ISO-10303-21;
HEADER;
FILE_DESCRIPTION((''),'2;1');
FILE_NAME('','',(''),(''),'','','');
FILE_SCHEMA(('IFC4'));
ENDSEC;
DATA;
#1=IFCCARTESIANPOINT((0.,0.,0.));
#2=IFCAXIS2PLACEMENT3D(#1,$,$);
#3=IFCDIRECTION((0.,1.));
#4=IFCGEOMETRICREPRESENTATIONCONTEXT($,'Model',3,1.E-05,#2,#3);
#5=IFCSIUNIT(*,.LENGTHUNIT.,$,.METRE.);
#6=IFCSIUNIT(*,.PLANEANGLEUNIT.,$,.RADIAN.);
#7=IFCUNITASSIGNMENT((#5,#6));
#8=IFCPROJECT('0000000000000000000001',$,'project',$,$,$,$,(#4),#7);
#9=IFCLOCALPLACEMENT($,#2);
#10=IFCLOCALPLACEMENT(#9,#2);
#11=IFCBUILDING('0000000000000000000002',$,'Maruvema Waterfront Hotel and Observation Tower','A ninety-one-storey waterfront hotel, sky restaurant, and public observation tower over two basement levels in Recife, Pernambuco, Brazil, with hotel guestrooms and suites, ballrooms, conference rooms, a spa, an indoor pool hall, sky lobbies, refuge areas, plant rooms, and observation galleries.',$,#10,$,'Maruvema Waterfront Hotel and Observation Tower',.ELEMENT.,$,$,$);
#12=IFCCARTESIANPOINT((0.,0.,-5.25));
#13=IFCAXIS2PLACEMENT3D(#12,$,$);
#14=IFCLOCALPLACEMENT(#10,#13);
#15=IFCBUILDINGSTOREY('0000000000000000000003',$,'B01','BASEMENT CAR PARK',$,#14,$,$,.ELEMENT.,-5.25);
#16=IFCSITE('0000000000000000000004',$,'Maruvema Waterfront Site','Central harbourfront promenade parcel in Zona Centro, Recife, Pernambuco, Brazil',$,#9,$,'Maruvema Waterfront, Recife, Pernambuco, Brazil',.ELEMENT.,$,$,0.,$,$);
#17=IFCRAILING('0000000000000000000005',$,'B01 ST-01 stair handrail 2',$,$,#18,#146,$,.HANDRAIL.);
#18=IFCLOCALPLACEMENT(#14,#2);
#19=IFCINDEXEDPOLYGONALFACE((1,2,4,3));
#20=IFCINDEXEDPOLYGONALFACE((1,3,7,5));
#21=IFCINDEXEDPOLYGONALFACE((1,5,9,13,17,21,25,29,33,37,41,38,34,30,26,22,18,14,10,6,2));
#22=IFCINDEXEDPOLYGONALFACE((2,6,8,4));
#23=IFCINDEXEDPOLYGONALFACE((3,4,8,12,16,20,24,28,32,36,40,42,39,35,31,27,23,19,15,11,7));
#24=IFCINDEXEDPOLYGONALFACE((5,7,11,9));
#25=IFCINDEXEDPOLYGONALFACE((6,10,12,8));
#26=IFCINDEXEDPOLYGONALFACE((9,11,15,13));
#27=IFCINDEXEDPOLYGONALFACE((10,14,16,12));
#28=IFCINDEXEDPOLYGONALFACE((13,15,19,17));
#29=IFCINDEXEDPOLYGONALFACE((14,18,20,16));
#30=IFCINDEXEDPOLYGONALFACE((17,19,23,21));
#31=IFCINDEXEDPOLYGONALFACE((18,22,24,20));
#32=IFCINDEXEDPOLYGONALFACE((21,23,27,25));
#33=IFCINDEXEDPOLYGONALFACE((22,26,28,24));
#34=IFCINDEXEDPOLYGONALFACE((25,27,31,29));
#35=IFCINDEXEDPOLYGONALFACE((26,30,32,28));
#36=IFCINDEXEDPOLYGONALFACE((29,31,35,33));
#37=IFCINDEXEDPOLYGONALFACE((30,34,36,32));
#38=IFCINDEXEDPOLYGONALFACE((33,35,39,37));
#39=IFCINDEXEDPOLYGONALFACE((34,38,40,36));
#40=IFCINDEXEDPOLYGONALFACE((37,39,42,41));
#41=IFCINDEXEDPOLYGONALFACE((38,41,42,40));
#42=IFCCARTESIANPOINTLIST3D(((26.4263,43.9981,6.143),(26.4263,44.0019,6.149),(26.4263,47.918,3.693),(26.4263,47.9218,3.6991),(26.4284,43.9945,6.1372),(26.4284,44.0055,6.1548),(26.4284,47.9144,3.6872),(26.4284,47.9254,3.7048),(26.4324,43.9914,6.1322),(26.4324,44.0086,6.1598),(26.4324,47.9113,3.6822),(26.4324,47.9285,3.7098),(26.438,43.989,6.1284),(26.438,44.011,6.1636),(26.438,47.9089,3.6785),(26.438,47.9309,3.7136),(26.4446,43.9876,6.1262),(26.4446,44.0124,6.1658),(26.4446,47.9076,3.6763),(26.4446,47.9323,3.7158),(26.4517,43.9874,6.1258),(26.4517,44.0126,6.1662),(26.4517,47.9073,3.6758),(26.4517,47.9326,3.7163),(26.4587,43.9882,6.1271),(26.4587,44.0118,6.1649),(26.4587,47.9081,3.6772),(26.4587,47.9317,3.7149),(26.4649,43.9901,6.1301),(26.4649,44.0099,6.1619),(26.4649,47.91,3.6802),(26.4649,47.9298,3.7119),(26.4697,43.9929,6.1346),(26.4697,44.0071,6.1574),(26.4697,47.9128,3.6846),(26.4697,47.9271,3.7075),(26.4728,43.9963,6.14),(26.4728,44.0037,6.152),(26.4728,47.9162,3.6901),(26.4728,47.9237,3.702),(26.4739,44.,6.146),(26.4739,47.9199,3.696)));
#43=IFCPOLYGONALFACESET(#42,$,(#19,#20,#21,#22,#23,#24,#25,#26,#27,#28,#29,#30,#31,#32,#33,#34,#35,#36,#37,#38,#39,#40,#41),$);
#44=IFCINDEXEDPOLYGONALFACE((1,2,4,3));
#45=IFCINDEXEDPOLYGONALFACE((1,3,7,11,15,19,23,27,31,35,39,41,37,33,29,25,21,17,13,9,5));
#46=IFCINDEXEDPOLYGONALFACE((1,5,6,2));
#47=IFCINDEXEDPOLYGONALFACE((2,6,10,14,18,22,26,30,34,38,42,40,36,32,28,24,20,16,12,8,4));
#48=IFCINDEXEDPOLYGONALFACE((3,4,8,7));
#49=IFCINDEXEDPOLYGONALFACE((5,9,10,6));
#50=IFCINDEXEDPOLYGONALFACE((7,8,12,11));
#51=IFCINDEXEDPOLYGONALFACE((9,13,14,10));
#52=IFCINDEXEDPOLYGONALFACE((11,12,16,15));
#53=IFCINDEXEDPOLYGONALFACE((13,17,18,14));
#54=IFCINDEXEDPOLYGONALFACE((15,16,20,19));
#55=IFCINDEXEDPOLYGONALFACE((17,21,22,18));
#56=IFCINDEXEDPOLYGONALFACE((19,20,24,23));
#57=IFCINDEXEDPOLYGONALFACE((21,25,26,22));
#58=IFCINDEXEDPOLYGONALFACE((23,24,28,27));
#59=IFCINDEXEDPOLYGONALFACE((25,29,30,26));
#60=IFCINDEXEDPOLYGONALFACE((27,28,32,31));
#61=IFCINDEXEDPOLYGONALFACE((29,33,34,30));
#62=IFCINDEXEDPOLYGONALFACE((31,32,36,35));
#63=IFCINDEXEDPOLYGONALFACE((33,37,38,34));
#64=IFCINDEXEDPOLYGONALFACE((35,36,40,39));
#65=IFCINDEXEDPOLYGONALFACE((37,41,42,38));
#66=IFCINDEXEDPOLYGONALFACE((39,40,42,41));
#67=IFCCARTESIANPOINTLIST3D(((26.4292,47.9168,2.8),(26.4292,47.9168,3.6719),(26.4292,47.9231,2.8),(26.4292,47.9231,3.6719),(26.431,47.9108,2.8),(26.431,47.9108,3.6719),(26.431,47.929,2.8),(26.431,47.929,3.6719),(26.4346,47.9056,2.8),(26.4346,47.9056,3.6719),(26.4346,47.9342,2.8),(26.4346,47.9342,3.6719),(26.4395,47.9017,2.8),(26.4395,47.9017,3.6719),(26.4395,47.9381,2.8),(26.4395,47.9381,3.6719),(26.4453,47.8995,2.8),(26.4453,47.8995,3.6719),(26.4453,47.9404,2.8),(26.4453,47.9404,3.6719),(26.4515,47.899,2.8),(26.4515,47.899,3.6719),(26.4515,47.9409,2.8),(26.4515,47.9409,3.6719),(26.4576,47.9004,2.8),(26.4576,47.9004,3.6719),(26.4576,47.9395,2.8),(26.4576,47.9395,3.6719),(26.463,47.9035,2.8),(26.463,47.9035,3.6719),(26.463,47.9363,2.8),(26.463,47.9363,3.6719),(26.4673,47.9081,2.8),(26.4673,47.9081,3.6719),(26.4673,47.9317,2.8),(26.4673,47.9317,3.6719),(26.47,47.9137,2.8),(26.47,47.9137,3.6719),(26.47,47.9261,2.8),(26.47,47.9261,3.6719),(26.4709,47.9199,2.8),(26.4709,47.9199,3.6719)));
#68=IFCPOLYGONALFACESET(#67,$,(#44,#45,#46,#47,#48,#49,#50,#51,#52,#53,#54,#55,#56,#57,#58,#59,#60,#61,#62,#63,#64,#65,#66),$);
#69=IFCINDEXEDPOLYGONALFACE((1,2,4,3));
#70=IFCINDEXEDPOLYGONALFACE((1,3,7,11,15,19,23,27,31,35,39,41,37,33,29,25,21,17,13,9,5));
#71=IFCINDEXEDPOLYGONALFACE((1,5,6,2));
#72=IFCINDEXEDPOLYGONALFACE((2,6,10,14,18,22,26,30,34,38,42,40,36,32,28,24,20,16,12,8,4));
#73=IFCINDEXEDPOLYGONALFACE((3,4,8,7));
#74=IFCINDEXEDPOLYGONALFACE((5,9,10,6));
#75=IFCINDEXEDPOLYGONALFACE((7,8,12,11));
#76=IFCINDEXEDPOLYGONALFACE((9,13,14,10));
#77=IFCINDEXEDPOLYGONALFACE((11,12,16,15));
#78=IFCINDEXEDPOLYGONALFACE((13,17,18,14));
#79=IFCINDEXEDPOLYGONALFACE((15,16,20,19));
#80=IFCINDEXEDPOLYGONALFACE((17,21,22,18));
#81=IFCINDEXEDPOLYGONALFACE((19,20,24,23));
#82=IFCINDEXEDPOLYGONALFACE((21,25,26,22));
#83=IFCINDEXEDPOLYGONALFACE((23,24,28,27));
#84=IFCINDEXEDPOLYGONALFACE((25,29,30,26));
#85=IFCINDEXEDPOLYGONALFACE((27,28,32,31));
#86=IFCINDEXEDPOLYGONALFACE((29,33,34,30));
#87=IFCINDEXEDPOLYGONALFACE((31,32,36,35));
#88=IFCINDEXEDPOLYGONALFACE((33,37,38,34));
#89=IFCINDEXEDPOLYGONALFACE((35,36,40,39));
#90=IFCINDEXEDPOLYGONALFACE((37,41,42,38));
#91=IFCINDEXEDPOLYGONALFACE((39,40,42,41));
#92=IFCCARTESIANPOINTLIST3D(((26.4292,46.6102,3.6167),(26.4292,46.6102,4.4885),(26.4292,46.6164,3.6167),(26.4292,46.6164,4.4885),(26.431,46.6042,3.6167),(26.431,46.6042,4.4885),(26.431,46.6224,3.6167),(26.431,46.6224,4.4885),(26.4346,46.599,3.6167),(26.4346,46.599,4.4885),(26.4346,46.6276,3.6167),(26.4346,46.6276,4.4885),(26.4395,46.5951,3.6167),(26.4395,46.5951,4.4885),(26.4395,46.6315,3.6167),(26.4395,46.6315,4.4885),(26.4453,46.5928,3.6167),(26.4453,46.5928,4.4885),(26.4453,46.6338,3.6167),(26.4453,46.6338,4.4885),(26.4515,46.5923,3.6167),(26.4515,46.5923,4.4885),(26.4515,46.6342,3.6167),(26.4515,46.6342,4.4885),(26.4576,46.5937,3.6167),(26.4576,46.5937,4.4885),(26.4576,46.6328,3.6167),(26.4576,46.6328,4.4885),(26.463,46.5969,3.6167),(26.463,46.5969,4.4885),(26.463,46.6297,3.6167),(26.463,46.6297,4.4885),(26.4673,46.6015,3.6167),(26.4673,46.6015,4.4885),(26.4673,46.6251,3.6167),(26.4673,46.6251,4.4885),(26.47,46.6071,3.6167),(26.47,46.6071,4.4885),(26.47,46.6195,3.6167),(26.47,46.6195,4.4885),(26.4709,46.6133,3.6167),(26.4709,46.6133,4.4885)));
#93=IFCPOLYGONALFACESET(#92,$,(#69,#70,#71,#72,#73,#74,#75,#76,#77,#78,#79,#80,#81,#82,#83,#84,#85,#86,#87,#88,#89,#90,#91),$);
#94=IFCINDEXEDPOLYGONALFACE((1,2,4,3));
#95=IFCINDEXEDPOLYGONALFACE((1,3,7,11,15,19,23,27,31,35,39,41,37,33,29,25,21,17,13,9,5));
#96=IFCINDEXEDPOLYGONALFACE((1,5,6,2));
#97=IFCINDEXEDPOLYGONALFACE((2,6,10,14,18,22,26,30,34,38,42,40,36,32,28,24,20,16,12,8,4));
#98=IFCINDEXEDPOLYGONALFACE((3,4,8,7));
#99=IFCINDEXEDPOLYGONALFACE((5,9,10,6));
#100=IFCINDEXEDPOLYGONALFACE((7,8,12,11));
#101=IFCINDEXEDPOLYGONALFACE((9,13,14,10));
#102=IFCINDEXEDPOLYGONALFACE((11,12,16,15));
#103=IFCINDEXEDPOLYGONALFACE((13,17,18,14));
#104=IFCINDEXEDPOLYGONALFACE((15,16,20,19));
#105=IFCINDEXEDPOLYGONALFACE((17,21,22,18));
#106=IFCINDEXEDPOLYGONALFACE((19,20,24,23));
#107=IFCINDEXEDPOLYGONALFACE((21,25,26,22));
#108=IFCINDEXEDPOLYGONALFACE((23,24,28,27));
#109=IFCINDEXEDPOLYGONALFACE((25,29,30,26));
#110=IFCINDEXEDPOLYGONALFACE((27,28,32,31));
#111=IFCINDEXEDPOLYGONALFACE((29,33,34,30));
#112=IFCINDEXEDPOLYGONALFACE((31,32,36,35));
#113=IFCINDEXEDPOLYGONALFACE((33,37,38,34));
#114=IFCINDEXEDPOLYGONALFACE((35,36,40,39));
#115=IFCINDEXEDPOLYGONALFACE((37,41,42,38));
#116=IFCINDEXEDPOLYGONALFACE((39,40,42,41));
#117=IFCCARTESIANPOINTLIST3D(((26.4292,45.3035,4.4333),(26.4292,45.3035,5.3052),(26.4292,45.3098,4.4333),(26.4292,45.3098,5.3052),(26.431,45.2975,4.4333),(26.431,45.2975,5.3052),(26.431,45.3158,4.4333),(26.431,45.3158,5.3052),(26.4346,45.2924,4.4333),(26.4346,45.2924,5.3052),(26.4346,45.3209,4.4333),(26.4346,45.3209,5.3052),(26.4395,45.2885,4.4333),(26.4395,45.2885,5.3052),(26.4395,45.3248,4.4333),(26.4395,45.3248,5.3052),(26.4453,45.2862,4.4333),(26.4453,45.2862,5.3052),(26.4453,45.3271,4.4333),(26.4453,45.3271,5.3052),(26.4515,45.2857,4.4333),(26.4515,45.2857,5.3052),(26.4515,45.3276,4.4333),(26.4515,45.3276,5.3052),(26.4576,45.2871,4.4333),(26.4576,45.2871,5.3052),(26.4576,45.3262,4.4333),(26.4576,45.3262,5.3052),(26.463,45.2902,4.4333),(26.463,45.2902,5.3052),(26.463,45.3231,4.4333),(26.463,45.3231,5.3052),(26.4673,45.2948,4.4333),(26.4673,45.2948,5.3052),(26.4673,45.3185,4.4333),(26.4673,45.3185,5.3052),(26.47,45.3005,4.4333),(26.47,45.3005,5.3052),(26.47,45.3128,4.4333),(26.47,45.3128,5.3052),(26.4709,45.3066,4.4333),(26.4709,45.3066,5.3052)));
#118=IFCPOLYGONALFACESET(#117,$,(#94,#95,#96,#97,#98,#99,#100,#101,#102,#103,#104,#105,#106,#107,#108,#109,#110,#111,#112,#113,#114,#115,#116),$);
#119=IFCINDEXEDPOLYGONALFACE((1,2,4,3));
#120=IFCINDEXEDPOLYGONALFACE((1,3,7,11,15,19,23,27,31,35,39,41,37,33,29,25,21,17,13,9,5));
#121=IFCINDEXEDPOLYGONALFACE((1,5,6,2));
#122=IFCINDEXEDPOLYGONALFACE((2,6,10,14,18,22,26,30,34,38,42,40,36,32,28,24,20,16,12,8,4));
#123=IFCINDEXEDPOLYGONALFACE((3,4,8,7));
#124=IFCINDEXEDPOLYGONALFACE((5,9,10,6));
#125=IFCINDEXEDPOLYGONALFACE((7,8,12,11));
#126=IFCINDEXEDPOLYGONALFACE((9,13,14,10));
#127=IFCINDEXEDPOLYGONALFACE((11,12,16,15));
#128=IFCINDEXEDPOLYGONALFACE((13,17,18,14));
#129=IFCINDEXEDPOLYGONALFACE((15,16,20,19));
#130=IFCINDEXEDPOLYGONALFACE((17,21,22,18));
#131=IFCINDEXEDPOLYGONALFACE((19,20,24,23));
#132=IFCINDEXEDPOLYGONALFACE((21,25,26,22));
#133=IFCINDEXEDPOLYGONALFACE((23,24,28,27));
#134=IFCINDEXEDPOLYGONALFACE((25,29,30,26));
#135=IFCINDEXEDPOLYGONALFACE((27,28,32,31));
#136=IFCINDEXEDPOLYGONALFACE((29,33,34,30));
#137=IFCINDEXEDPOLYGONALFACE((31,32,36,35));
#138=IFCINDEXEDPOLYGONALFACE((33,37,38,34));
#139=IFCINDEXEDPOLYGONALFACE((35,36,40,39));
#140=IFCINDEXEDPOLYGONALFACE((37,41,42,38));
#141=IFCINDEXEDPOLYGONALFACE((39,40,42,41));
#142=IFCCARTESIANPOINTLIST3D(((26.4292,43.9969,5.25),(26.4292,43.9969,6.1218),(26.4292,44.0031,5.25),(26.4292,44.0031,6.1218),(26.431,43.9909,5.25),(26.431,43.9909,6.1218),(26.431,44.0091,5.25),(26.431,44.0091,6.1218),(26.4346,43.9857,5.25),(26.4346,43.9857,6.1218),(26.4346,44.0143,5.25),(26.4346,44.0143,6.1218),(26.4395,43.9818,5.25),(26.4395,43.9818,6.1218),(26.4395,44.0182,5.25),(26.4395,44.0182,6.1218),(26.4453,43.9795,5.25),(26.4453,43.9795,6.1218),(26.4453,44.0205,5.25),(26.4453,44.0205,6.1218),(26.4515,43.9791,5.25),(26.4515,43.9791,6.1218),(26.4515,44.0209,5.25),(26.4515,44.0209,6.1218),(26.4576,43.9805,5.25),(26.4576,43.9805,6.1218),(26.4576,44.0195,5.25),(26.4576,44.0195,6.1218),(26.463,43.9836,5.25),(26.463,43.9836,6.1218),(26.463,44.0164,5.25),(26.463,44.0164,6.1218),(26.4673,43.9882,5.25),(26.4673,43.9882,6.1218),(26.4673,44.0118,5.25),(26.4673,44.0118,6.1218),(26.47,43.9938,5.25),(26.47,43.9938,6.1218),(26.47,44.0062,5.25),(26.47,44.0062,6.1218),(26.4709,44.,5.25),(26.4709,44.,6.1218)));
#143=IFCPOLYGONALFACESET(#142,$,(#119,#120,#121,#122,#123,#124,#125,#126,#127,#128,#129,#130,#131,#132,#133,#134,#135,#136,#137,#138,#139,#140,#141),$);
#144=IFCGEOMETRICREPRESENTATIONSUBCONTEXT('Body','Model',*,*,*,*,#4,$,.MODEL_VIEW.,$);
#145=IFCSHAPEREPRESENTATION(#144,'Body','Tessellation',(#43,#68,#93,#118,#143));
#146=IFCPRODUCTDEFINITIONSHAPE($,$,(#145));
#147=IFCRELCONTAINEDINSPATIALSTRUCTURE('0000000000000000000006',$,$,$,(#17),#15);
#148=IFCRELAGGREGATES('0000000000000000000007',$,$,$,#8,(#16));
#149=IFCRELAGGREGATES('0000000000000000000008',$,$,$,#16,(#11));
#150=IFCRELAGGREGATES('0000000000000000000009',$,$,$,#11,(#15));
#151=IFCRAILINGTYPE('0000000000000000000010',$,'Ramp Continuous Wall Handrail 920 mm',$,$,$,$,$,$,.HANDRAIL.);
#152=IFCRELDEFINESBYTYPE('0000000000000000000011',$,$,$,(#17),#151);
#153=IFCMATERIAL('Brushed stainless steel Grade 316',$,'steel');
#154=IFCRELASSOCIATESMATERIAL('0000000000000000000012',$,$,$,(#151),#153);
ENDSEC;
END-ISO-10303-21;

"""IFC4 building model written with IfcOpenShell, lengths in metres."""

from ifc_helpers import new_model, si_unit, direction, frame, origin, origin_2d, place, context, subcontext, project, spatial, circle, extrude, material, type_object, element, save


model = new_model("IFC4")

# Units and contexts
model_context = context("Model", 3, precision=1e-05, world=origin(), true_north=direction((0.0, 1.0)))
body_context = subcontext(model_context, "Body", "Model", "MODEL_VIEW")
ifc_project = project(units=[si_unit("LENGTHUNIT", "METRE"), si_unit("PLANEANGLEUNIT", "RADIAN")], contexts=[model_context])

# Site, building, storey
site_placement = place(None, origin())
site = spatial("IfcSite", under=ifc_project, at=site_placement, Name="Maruvema Waterfront Site", Description="Central harbourfront promenade parcel in Zona Centro, Recife, Pernambuco, Brazil", LongName="Maruvema Waterfront, Recife, Pernambuco, Brazil", CompositionType="ELEMENT", RefElevation=0.0)
building_placement = place(site_placement, origin())
building = spatial("IfcBuilding", under=site, at=building_placement, Name="Maruvema Waterfront Hotel and Observation Tower", Description="A ninety-one-storey waterfront hotel, sky restaurant, and public observation tower over two basement levels in Recife, Pernambuco, Brazil, with hotel guestrooms and suites, ballrooms, conference rooms, a spa, an indoor pool hall, sky lobbies, refuge areas, plant rooms, and observation galleries.", LongName="Maruvema Waterfront Hotel and Observation Tower", CompositionType="ELEMENT")
storey_placement = place(building_placement, frame((0.0, 0.0, -5.25)))
storey = spatial("IfcBuildingStorey", under=building, at=storey_placement, Name="B01", Description="BASEMENT CAR PARK", CompositionType="ELEMENT", Elevation=-5.25)

# Railing
ifc_material_1 = material(Name="Brushed stainless steel Grade 316", Category="steel")
railing_type_1 = type_object("IfcRailingType", Name="Ramp Continuous Wall Handrail 920 mm", PredefinedType="HANDRAIL", material=ifc_material_1)
railing_1_placement = place(storey_placement, frame((26.45, 47.9199, 2.8)))
element("IfcRailing", 1, at=railing_1_placement, inside=storey, type_object=railing_type_1, Name="B01 ST-01 stair handrail 2", PredefinedType="HANDRAIL", context=body_context, shape_type="SweptSolid", body=[
    extrude(circle(Radius=0.0239, at=origin_2d()), frame((0.0, 0.0, 0.896), z_axis=(0.0, -0.847998, 0.529999), x_axis=(1.0, 0.0, 0.0)), (0.0, 0.0, 1.0), 4.6226),
    extrude(circle(Radius=0.021, at=origin_2d()), origin(), (0.0, 0.0, 1.0), 0.8718),
    extrude(circle(Radius=0.021, at=origin_2d()), frame((0.0, -1.3066, 0.8167)), (0.0, 0.0, 1.0), 0.8718),
    extrude(circle(Radius=0.021, at=origin_2d()), frame((0.0, -2.6133, 1.6333)), (0.0, 0.0, 1.0), 0.8718),
    extrude(circle(Radius=0.021, at=origin_2d()), frame((0.0, -3.9199, 2.45)), (0.0, 0.0, 1.0), 0.8718),
])

save(model, "model.ifc")
